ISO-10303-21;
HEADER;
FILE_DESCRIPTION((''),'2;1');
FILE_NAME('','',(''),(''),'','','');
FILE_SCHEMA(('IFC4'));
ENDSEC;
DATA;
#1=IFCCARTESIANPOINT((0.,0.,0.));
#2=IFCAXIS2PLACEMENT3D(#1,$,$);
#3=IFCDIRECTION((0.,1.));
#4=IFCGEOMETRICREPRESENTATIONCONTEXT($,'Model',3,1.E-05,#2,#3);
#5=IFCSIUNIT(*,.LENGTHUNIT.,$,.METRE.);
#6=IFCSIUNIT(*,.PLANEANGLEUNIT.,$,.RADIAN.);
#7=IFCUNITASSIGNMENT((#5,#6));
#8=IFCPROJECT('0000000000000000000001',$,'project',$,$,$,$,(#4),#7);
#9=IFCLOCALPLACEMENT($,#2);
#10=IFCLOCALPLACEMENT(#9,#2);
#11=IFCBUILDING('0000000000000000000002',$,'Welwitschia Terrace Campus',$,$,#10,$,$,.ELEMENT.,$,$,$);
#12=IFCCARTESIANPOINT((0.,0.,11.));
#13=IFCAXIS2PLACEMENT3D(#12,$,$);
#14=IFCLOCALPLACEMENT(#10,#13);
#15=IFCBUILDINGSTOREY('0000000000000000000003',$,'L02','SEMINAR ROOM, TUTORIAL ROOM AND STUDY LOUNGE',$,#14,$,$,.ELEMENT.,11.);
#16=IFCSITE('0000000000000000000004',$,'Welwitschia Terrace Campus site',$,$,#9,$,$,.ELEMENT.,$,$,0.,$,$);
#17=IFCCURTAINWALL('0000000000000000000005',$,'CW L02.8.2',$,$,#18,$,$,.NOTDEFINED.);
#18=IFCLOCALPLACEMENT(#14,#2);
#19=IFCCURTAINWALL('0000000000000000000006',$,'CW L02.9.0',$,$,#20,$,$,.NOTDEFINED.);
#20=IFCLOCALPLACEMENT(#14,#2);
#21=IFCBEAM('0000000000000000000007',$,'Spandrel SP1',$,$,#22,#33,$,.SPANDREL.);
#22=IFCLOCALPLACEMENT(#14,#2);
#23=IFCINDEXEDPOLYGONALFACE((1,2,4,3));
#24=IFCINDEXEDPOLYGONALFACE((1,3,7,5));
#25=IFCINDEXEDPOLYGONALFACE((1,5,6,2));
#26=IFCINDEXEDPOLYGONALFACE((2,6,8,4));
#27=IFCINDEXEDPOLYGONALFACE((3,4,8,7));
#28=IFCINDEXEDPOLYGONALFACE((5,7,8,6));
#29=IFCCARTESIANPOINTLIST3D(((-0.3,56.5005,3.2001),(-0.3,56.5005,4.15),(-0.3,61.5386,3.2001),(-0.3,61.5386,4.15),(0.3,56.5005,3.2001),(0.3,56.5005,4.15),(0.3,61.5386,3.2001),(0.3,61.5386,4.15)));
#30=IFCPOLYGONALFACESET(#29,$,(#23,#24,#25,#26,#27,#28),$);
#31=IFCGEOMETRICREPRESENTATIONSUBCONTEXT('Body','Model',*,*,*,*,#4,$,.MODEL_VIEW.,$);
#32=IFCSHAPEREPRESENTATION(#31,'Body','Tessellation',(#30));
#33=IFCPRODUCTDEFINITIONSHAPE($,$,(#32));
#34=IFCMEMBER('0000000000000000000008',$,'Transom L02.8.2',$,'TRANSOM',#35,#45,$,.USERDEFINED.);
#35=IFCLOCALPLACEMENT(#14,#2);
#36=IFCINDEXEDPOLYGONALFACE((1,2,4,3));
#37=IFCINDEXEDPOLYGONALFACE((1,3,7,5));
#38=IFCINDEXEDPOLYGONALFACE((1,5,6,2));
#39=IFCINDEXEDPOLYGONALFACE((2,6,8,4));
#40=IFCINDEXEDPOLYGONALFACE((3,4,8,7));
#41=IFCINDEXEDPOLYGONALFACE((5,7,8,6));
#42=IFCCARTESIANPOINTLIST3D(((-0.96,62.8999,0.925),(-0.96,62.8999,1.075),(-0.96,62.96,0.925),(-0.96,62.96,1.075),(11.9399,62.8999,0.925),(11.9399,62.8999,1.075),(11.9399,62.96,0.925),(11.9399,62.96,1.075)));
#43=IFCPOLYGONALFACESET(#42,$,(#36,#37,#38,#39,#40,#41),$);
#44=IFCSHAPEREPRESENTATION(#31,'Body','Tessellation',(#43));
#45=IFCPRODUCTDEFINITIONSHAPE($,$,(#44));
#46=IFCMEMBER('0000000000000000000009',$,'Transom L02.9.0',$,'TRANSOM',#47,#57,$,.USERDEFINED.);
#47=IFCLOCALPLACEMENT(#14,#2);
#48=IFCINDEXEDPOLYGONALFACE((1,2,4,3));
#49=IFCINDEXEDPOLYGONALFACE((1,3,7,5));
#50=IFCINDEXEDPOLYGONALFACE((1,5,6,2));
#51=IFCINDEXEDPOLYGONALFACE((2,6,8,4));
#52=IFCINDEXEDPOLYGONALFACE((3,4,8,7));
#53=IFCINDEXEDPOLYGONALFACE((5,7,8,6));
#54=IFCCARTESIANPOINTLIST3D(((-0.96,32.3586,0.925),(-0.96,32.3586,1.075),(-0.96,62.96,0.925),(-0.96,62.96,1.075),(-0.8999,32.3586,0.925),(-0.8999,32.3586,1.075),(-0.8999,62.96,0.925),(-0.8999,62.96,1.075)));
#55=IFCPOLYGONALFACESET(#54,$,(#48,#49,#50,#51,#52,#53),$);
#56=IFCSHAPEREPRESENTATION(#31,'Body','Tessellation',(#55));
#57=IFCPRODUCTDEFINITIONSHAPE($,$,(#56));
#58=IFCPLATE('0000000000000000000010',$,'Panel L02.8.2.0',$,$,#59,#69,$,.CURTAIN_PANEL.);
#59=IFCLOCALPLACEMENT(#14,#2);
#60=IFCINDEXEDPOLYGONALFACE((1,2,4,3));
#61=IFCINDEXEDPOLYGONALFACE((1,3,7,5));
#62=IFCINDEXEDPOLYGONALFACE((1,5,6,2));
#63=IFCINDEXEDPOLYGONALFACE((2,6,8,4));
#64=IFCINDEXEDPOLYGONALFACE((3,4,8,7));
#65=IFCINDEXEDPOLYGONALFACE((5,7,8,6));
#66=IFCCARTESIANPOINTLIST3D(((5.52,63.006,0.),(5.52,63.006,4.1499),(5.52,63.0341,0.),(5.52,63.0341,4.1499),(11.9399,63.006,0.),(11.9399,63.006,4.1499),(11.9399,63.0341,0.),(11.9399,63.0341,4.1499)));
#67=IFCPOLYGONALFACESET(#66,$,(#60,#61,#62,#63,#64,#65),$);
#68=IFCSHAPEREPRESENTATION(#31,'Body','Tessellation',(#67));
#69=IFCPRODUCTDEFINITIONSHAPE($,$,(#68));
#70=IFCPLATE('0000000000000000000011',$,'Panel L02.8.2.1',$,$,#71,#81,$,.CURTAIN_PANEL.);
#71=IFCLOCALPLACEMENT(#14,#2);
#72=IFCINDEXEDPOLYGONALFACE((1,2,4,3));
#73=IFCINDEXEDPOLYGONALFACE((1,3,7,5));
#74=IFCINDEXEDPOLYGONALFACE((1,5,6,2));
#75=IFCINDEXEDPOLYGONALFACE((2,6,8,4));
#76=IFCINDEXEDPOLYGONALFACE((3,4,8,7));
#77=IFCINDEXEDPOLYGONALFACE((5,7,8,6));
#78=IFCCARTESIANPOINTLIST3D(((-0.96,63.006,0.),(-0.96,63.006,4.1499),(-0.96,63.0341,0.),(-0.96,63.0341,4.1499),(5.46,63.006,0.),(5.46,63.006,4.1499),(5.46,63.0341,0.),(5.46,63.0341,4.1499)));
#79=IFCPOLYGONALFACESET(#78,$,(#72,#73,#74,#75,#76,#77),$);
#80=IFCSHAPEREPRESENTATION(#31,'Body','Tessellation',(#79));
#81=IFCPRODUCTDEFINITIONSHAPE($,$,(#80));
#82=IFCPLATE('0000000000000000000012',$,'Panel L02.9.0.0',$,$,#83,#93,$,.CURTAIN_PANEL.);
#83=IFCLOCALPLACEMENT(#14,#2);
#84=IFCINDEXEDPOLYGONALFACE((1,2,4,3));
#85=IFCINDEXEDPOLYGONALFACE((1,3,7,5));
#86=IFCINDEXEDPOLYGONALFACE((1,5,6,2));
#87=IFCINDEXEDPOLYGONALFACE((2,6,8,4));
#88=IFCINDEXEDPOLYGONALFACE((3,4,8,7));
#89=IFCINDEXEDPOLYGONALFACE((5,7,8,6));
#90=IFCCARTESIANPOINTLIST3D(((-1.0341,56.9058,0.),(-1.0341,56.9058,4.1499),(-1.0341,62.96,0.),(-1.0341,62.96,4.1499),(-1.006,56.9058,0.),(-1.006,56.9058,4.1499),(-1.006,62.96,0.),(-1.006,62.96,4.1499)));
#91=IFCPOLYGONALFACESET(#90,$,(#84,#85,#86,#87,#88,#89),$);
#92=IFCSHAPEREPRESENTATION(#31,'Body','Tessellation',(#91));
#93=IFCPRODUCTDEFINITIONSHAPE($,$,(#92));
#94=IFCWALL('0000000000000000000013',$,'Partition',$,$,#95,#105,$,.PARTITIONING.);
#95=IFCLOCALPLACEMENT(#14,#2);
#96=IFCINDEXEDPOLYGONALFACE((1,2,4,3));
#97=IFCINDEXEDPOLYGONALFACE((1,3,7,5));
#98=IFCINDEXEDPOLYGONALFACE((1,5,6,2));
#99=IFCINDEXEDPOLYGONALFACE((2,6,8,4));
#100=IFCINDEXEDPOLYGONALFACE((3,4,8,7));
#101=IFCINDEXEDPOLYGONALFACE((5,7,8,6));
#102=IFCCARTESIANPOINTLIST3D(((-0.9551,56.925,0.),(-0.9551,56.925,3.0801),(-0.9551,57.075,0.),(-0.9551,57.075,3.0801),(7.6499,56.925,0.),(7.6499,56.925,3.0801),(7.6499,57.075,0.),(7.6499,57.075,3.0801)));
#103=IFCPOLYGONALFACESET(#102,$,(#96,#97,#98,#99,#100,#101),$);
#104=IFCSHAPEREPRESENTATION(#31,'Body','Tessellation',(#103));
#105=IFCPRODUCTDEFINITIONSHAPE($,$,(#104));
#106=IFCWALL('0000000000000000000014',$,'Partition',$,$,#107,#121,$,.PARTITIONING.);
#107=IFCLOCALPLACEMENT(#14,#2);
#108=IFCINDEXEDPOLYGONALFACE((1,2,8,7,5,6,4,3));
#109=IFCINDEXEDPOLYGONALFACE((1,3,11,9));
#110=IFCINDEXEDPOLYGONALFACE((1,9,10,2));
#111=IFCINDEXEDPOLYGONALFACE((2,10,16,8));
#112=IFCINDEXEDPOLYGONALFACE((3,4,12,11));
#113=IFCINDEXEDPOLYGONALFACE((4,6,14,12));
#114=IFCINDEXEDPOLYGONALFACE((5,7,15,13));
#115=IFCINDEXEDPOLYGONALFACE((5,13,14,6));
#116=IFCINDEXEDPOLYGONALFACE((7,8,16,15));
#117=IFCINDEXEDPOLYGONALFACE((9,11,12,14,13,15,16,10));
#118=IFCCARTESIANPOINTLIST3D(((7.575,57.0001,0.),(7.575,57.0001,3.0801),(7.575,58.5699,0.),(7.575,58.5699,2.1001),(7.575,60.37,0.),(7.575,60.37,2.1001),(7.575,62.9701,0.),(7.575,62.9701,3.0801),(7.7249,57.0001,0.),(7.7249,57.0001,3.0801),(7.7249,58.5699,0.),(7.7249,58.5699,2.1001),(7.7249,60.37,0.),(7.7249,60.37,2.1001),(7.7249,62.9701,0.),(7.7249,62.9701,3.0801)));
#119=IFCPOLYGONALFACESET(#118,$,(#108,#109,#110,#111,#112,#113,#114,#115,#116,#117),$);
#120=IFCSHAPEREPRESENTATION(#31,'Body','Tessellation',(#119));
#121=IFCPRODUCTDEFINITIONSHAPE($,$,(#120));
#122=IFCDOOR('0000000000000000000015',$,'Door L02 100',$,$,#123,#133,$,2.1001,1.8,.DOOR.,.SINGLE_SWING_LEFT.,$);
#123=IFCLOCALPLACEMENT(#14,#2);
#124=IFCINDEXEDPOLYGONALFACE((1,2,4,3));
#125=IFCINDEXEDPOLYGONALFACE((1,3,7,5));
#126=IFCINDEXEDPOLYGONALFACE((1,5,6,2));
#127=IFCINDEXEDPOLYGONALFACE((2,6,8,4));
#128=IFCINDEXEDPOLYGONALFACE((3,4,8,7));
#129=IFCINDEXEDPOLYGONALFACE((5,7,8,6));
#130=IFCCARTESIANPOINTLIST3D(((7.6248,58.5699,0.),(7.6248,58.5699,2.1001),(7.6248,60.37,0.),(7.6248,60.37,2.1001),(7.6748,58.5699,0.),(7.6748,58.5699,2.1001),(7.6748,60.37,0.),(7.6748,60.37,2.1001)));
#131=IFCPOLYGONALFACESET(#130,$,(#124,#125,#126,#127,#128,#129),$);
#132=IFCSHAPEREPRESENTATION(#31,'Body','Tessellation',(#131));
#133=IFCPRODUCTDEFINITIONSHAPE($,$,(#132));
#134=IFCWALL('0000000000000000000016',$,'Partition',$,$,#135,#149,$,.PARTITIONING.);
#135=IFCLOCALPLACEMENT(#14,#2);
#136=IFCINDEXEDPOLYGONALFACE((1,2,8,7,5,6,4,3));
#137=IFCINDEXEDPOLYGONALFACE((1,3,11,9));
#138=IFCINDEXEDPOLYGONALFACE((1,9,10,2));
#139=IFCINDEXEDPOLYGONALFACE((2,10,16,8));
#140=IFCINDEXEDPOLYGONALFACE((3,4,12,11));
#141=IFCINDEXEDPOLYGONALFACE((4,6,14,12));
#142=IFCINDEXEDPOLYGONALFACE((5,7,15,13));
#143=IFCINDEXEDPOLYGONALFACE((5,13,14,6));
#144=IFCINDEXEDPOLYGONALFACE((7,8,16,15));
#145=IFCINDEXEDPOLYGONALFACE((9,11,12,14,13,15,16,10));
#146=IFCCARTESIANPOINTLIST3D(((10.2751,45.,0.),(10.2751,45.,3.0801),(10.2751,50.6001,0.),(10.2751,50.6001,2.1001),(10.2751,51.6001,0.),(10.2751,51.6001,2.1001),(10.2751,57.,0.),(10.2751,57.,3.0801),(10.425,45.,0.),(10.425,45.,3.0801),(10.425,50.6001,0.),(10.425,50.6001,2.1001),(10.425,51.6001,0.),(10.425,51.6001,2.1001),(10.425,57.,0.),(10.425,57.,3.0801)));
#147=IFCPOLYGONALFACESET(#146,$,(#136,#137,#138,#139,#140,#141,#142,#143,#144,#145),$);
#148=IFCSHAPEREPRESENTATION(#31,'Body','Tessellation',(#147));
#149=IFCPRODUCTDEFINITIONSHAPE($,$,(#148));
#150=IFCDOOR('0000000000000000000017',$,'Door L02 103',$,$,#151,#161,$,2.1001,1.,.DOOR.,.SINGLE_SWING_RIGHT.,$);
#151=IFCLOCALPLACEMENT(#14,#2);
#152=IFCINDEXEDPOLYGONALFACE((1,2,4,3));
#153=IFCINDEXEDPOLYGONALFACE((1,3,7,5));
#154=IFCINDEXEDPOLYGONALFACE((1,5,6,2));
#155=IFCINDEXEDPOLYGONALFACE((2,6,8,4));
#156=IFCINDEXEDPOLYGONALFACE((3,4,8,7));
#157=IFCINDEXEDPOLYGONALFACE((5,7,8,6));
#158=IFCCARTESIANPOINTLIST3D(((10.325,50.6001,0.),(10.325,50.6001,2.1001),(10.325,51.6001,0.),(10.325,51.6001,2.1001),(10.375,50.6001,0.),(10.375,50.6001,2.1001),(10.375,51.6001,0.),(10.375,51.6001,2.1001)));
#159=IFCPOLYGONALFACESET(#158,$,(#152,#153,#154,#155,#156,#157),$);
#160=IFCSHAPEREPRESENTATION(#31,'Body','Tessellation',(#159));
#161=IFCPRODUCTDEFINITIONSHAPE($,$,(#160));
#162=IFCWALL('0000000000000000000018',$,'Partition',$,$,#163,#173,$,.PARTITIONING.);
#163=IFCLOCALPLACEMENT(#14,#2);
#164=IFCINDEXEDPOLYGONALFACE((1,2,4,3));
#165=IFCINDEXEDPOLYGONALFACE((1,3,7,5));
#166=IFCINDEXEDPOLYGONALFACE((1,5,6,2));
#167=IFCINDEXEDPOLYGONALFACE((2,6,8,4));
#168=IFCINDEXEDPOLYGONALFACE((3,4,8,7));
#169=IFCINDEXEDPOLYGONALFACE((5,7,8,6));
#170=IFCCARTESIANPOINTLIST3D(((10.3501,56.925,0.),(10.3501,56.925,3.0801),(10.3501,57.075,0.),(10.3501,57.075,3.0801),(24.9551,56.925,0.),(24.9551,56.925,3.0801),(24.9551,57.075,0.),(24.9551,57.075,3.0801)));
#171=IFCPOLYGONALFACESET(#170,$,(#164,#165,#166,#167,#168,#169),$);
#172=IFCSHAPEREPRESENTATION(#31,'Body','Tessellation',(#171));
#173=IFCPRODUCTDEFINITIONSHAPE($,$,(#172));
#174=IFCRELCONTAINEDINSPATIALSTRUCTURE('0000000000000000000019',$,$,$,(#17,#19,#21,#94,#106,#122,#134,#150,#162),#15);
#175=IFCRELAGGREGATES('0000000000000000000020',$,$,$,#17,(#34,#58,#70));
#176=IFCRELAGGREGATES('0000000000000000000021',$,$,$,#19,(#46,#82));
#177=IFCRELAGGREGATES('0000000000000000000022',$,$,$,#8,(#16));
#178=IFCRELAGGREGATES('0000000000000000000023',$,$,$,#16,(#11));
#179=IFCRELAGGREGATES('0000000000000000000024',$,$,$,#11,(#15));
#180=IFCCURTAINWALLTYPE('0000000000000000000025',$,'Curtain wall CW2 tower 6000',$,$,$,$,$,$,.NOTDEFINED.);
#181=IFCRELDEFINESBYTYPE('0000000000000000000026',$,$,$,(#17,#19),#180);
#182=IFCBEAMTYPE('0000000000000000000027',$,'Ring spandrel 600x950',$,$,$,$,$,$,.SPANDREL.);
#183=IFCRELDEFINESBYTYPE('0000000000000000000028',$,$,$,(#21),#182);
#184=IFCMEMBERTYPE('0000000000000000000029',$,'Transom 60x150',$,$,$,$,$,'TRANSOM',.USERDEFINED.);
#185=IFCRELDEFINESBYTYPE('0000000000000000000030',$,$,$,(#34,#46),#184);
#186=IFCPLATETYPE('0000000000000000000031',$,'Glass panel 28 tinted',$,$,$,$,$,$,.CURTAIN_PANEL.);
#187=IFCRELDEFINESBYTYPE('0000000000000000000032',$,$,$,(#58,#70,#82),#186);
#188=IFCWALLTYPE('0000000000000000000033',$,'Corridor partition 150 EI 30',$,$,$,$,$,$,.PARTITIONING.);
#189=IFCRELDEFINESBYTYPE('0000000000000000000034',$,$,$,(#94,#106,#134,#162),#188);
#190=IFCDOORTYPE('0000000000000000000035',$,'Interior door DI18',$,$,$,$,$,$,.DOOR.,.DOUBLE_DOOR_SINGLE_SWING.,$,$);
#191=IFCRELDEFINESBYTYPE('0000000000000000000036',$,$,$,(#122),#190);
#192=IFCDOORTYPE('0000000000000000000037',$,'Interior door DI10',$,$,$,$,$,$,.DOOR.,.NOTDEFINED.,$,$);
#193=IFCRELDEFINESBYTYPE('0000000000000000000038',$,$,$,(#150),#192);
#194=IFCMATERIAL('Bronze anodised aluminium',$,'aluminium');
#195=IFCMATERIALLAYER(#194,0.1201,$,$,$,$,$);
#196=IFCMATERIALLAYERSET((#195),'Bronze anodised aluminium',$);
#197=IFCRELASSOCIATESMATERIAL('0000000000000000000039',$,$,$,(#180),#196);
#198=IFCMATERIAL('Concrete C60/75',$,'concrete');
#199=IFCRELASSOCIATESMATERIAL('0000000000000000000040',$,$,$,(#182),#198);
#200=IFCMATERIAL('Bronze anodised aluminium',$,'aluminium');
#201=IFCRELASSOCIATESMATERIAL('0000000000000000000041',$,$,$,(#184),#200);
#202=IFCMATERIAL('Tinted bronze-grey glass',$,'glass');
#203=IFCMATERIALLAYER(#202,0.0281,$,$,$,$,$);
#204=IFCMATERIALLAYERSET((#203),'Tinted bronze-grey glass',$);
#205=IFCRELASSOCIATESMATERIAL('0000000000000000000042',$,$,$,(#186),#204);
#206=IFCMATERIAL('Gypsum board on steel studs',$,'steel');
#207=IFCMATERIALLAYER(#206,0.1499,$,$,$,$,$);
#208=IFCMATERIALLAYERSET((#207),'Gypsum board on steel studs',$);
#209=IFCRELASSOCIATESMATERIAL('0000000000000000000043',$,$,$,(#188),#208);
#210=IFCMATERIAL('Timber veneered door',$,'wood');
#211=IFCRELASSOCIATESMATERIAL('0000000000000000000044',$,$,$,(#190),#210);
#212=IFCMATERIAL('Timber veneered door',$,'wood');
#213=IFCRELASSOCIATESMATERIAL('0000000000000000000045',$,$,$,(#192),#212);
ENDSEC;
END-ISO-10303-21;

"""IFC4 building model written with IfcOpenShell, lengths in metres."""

from ifc_helpers import new_model, si_unit, direction, frame, frame_2d, origin, origin_2d, place, context, subcontext, project, spatial, rectangle, extrude, material, layer, layer_set, material_profile, profile_set, type_object, element, fill, aggregate, save


model = new_model("IFC4")

# Units and contexts
model_context = context("Model", 3, precision=1e-05, world=origin(), true_north=direction((0.0, 1.0)))
body_context = subcontext(model_context, "Body", "Model", "MODEL_VIEW")
ifc_project = project(units=[si_unit("LENGTHUNIT", "METRE"), si_unit("PLANEANGLEUNIT", "RADIAN")], contexts=[model_context])

# Site, building, storey
site_placement = place(None, origin())
site = spatial("IfcSite", under=ifc_project, at=site_placement, Name="Welwitschia Terrace Campus site", CompositionType="ELEMENT", RefElevation=0.0)
building_placement = place(site_placement, origin())
building = spatial("IfcBuilding", under=site, at=building_placement, Name="Welwitschia Terrace Campus", CompositionType="ELEMENT")
storey_placement = place(building_placement, frame((0.0, 0.0, 11.0)))
storey = spatial("IfcBuildingStorey", under=building, at=storey_placement, Name="L02", Description="SEMINAR ROOM, TUTORIAL ROOM AND STUDY LOUNGE", CompositionType="ELEMENT", Elevation=11.0)

# Shared definitions
ifc_material_1 = material(Name="Bronze anodised aluminium", Category="aluminium")
ifc_layer_1 = layer(ifc_material_1, 0.1201)
ifc_layer_set_1 = layer_set([ifc_layer_1], Name="Bronze anodised aluminium")
curtain_wall_type = type_object("IfcCurtainWallType", Name="Curtain wall CW2 tower 6000", PredefinedType="NOTDEFINED", material=ifc_layer_set_1)

# Curtain wall
curtain_wall_1_placement = place(storey_placement, origin())
curtain_wall_1 = element("IfcCurtainWall", 1, at=curtain_wall_1_placement, inside=storey, type_object=curtain_wall_type, Name="CW L02.8.2", PredefinedType="NOTDEFINED")

# Curtain wall
curtain_wall_2_placement = place(storey_placement, origin())
curtain_wall_2 = element("IfcCurtainWall", 2, at=curtain_wall_2_placement, inside=storey, type_object=curtain_wall_type, Name="CW L02.9.0", PredefinedType="NOTDEFINED")

# Beam
ifc_material_2 = material(Name="Concrete C60/75", Category="concrete")
ifc_material_profile_1 = material_profile(ifc_material_2, rectangle(XDim=0.6001, YDim=0.95, at=origin_2d()))
ifc_profile_set_1 = profile_set([ifc_material_profile_1], Name="Concrete C60/75")
beam_type = type_object("IfcBeamType", Name="Ring spandrel 600x950", PredefinedType="SPANDREL", material=ifc_profile_set_1)
for number, where, z_axis, x_axis, name in (
    (3, (0.0, 61.5386, 3.675), (0.0, -1.0, 0.0), (1.0, 0.0, 0.0), "Spandrel SP1"),
):
    element("IfcBeam", number, at=place(storey_placement, frame(where, z_axis=z_axis, x_axis=x_axis)), inside=storey, type_object=beam_type, Name=name, PredefinedType="SPANDREL", context=body_context, shape_type="SweptSolid", body=[
        extrude(rectangle(XDim=0.6001, YDim=0.95, at=origin_2d()), origin(), (0.0, 0.0, 1.0), 5.0381),
    ])

# Members
ifc_material_3 = material(Name="Bronze anodised aluminium", Category="aluminium")
ifc_material_profile_2 = material_profile(ifc_material_3, rectangle(XDim=0.0601, YDim=0.1499, at=origin_2d()))
ifc_profile_set_2 = profile_set([ifc_material_profile_2], Name="Bronze anodised aluminium")
member_type_1 = type_object("IfcMemberType", Name="Transom 60x150", ElementType="TRANSOM", PredefinedType="USERDEFINED", material=ifc_profile_set_2)
member_1_placement = place(storey_placement, frame((11.9399, 62.9299, 1.0), z_axis=(-1.0, 0.0, 0.0), x_axis=(0.0, -1.0, 0.0)))
member_1 = element("IfcMember", 4, at=member_1_placement, type_object=member_type_1, Name="Transom L02.8.2", ObjectType="TRANSOM", PredefinedType="USERDEFINED", context=body_context, shape_type="SweptSolid", body=[
    extrude(rectangle(XDim=0.0601, YDim=0.1499, at=origin_2d()), origin(), (0.0, 0.0, 1.0), 12.8999),
])
member_2_placement = place(storey_placement, frame((-0.9299, 62.96, 1.0), z_axis=(0.0, -1.0, 0.0), x_axis=(1.0, 0.0, 0.0)))
member_2 = element("IfcMember", 5, at=member_2_placement, type_object=member_type_1, Name="Transom L02.9.0", ObjectType="TRANSOM", PredefinedType="USERDEFINED", context=body_context, shape_type="SweptSolid", body=[
    extrude(rectangle(XDim=0.0601, YDim=0.1499, at=origin_2d()), origin(), (0.0, 0.0, 1.0), 30.6013),
])

# Plates
ifc_material_4 = material(Name="Tinted bronze-grey glass", Category="glass")
ifc_layer_2 = layer(ifc_material_4, 0.0281)
ifc_layer_set_2 = layer_set([ifc_layer_2], Name="Tinted bronze-grey glass")
plate_type = type_object("IfcPlateType", Name="Glass panel 28 tinted", PredefinedType="CURTAIN_PANEL", material=ifc_layer_set_2)
plate_1_placement = place(storey_placement, frame((8.73, 63.02, 0.0), z_axis=(0.0, 0.0, 1.0), x_axis=(-1.0, 0.0, 0.0)))
plate_1 = element("IfcPlate", 6, at=plate_1_placement, type_object=plate_type, Name="Panel L02.8.2.0", PredefinedType="CURTAIN_PANEL", context=body_context, shape_type="SweptSolid", body=[
    extrude(rectangle(XDim=6.4199, YDim=0.0281, at=origin_2d()), origin(), (0.0, 0.0, 1.0), 4.1499),
])
plate_2_placement = place(storey_placement, frame((2.25, 63.02, 0.0), z_axis=(0.0, 0.0, 1.0), x_axis=(-1.0, 0.0, 0.0)))
plate_2 = element("IfcPlate", 7, at=plate_2_placement, type_object=plate_type, Name="Panel L02.8.2.1", PredefinedType="CURTAIN_PANEL", context=body_context, shape_type="SweptSolid", body=[
    extrude(rectangle(XDim=6.4199, YDim=0.0281, at=origin_2d()), origin(), (0.0, 0.0, 1.0), 4.1499),
])
aggregate(curtain_wall_1, [member_1, plate_1, plate_2])
plate_3_placement = place(storey_placement, frame((-1.02, 59.9329, 0.0), z_axis=(0.0, 0.0, 1.0), x_axis=(0.0, -1.0, 0.0)))
plate_3 = element("IfcPlate", 8, at=plate_3_placement, type_object=plate_type, Name="Panel L02.9.0.0", PredefinedType="CURTAIN_PANEL", context=body_context, shape_type="SweptSolid", body=[
    extrude(rectangle(XDim=6.0542, YDim=0.0281, at=origin_2d()), origin(), (0.0, 0.0, 1.0), 4.1499),
])
aggregate(curtain_wall_2, [member_2, plate_3])

# Wall
ifc_material_5 = material(Name="Gypsum board on steel studs", Category="steel")
ifc_layer_3 = layer(ifc_material_5, 0.1499)
ifc_layer_set_3 = layer_set([ifc_layer_3], Name="Gypsum board on steel studs")
wall_type_1 = type_object("IfcWallType", Name="Corridor partition 150 EI 30", PredefinedType="PARTITIONING", material=ifc_layer_set_3)
wall_1_placement = place(storey_placement, frame((-0.9551, 57.0, 0.0), z_axis=(0.0, 0.0, 1.0), x_axis=(1.0, 0.0, 0.0)))
element("IfcWall", 9, at=wall_1_placement, inside=storey, type_object=wall_type_1, Name="Partition", PredefinedType="PARTITIONING", context=body_context, shape_type="SweptSolid", body=[
    extrude(rectangle(XDim=8.605, YDim=0.1499, at=frame_2d((4.3025, 0.0))), origin(), (0.0, 0.0, 1.0), 3.0801),
])

# Walls, openings, doors
wall_2_placement = place(storey_placement, frame((7.6499, 62.97, 0.0), z_axis=(0.0, 0.0, 1.0), x_axis=(0.0, -1.0, 0.0)))
wall_2 = element("IfcWall", 10, at=wall_2_placement, inside=storey, type_object=wall_type_1, Name="Partition", PredefinedType="PARTITIONING", context=body_context, shape_type="SweptSolid", body=[
    extrude(rectangle(XDim=5.97, YDim=0.1499, at=frame_2d((2.9849, 0.0))), origin(), (0.0, 0.0, 1.0), 3.0801),
])
opening_1_placement = place(wall_2_placement, frame((2.6001, 0.0, 0.0)))
opening_1 = element("IfcOpeningElement", 11, at=opening_1_placement, cuts=wall_2, PredefinedType="OPENING", context=body_context, shape_type="SweptSolid", body=[
    extrude(rectangle(XDim=1.8, YDim=2.1001, at=frame_2d((0.8999, 1.05))), frame((0.0, 0.085, 0.0), z_axis=(0.0, -1.0, 0.0), x_axis=(1.0, 0.0, 0.0)), (0.0, 0.0, 1.0), 0.1699),
])
ifc_material_6 = material(Name="Timber veneered door", Category="wood")
door_type_1 = type_object("IfcDoorType", Name="Interior door DI18", OperationType="DOUBLE_DOOR_SINGLE_SWING", PredefinedType="DOOR", material=ifc_material_6)
door_1_placement = place(opening_1_placement, origin())
door_1 = element("IfcDoor", 12, at=door_1_placement, inside=storey, type_object=door_type_1, Name="Door L02 100", OperationType="SINGLE_SWING_LEFT", OverallHeight=2.1001, OverallWidth=1.8, PredefinedType="DOOR", context=body_context, shape_type="SweptSolid", body=[
    extrude(rectangle(XDim=1.8, YDim=2.1001, at=frame_2d((0.8999, 1.05))), frame((0.0, 0.0249, 0.0), z_axis=(0.0, -1.0, 0.0), x_axis=(1.0, 0.0, 0.0)), (0.0, 0.0, 1.0), 0.05),
])
fill(opening_1, door_1)
wall_3_placement = place(storey_placement, frame((10.3501, 57.0, 0.0), z_axis=(0.0, 0.0, 1.0), x_axis=(0.0, -1.0, 0.0)))
wall_3 = element("IfcWall", 13, at=wall_3_placement, inside=storey, type_object=wall_type_1, Name="Partition", PredefinedType="PARTITIONING", context=body_context, shape_type="SweptSolid", body=[
    extrude(rectangle(XDim=12.0, YDim=0.1499, at=frame_2d((6.0, 0.0))), origin(), (0.0, 0.0, 1.0), 3.0801),
])
opening_2_placement = place(wall_3_placement, frame((5.3999, 0.0, 0.0)))
opening_2 = element("IfcOpeningElement", 14, at=opening_2_placement, cuts=wall_3, PredefinedType="OPENING", context=body_context, shape_type="SweptSolid", body=[
    extrude(rectangle(XDim=1.0, YDim=2.1001, at=frame_2d((0.5, 1.05))), frame((0.0, 0.085, 0.0), z_axis=(0.0, -1.0, 0.0), x_axis=(1.0, 0.0, 0.0)), (0.0, 0.0, 1.0), 0.1699),
])
ifc_material_7 = material(Name="Timber veneered door", Category="wood")
door_type_2 = type_object("IfcDoorType", Name="Interior door DI10", OperationType="NOTDEFINED", PredefinedType="DOOR", material=ifc_material_7)
door_2_placement = place(opening_2_placement, origin())
door_2 = element("IfcDoor", 15, at=door_2_placement, inside=storey, type_object=door_type_2, Name="Door L02 103", OperationType="SINGLE_SWING_RIGHT", OverallHeight=2.1001, OverallWidth=1.0, PredefinedType="DOOR", context=body_context, shape_type="SweptSolid", body=[
    extrude(rectangle(XDim=1.0, YDim=2.1001, at=frame_2d((0.5, 1.05))), frame((0.0, 0.0249, 0.0), z_axis=(0.0, -1.0, 0.0), x_axis=(1.0, 0.0, 0.0)), (0.0, 0.0, 1.0), 0.05),
])
fill(opening_2, door_2)

# Wall
wall_4_placement = place(storey_placement, frame((10.3501, 57.0, 0.0), z_axis=(0.0, 0.0, 1.0), x_axis=(1.0, 0.0, 0.0)))
element("IfcWall", 16, at=wall_4_placement, inside=storey, type_object=wall_type_1, Name="Partition", PredefinedType="PARTITIONING", context=body_context, shape_type="SweptSolid", body=[
    extrude(rectangle(XDim=14.605, YDim=0.1499, at=frame_2d((7.3025, 0.0))), origin(), (0.0, 0.0, 1.0), 3.0801),
])

save(model, "model.ifc")
